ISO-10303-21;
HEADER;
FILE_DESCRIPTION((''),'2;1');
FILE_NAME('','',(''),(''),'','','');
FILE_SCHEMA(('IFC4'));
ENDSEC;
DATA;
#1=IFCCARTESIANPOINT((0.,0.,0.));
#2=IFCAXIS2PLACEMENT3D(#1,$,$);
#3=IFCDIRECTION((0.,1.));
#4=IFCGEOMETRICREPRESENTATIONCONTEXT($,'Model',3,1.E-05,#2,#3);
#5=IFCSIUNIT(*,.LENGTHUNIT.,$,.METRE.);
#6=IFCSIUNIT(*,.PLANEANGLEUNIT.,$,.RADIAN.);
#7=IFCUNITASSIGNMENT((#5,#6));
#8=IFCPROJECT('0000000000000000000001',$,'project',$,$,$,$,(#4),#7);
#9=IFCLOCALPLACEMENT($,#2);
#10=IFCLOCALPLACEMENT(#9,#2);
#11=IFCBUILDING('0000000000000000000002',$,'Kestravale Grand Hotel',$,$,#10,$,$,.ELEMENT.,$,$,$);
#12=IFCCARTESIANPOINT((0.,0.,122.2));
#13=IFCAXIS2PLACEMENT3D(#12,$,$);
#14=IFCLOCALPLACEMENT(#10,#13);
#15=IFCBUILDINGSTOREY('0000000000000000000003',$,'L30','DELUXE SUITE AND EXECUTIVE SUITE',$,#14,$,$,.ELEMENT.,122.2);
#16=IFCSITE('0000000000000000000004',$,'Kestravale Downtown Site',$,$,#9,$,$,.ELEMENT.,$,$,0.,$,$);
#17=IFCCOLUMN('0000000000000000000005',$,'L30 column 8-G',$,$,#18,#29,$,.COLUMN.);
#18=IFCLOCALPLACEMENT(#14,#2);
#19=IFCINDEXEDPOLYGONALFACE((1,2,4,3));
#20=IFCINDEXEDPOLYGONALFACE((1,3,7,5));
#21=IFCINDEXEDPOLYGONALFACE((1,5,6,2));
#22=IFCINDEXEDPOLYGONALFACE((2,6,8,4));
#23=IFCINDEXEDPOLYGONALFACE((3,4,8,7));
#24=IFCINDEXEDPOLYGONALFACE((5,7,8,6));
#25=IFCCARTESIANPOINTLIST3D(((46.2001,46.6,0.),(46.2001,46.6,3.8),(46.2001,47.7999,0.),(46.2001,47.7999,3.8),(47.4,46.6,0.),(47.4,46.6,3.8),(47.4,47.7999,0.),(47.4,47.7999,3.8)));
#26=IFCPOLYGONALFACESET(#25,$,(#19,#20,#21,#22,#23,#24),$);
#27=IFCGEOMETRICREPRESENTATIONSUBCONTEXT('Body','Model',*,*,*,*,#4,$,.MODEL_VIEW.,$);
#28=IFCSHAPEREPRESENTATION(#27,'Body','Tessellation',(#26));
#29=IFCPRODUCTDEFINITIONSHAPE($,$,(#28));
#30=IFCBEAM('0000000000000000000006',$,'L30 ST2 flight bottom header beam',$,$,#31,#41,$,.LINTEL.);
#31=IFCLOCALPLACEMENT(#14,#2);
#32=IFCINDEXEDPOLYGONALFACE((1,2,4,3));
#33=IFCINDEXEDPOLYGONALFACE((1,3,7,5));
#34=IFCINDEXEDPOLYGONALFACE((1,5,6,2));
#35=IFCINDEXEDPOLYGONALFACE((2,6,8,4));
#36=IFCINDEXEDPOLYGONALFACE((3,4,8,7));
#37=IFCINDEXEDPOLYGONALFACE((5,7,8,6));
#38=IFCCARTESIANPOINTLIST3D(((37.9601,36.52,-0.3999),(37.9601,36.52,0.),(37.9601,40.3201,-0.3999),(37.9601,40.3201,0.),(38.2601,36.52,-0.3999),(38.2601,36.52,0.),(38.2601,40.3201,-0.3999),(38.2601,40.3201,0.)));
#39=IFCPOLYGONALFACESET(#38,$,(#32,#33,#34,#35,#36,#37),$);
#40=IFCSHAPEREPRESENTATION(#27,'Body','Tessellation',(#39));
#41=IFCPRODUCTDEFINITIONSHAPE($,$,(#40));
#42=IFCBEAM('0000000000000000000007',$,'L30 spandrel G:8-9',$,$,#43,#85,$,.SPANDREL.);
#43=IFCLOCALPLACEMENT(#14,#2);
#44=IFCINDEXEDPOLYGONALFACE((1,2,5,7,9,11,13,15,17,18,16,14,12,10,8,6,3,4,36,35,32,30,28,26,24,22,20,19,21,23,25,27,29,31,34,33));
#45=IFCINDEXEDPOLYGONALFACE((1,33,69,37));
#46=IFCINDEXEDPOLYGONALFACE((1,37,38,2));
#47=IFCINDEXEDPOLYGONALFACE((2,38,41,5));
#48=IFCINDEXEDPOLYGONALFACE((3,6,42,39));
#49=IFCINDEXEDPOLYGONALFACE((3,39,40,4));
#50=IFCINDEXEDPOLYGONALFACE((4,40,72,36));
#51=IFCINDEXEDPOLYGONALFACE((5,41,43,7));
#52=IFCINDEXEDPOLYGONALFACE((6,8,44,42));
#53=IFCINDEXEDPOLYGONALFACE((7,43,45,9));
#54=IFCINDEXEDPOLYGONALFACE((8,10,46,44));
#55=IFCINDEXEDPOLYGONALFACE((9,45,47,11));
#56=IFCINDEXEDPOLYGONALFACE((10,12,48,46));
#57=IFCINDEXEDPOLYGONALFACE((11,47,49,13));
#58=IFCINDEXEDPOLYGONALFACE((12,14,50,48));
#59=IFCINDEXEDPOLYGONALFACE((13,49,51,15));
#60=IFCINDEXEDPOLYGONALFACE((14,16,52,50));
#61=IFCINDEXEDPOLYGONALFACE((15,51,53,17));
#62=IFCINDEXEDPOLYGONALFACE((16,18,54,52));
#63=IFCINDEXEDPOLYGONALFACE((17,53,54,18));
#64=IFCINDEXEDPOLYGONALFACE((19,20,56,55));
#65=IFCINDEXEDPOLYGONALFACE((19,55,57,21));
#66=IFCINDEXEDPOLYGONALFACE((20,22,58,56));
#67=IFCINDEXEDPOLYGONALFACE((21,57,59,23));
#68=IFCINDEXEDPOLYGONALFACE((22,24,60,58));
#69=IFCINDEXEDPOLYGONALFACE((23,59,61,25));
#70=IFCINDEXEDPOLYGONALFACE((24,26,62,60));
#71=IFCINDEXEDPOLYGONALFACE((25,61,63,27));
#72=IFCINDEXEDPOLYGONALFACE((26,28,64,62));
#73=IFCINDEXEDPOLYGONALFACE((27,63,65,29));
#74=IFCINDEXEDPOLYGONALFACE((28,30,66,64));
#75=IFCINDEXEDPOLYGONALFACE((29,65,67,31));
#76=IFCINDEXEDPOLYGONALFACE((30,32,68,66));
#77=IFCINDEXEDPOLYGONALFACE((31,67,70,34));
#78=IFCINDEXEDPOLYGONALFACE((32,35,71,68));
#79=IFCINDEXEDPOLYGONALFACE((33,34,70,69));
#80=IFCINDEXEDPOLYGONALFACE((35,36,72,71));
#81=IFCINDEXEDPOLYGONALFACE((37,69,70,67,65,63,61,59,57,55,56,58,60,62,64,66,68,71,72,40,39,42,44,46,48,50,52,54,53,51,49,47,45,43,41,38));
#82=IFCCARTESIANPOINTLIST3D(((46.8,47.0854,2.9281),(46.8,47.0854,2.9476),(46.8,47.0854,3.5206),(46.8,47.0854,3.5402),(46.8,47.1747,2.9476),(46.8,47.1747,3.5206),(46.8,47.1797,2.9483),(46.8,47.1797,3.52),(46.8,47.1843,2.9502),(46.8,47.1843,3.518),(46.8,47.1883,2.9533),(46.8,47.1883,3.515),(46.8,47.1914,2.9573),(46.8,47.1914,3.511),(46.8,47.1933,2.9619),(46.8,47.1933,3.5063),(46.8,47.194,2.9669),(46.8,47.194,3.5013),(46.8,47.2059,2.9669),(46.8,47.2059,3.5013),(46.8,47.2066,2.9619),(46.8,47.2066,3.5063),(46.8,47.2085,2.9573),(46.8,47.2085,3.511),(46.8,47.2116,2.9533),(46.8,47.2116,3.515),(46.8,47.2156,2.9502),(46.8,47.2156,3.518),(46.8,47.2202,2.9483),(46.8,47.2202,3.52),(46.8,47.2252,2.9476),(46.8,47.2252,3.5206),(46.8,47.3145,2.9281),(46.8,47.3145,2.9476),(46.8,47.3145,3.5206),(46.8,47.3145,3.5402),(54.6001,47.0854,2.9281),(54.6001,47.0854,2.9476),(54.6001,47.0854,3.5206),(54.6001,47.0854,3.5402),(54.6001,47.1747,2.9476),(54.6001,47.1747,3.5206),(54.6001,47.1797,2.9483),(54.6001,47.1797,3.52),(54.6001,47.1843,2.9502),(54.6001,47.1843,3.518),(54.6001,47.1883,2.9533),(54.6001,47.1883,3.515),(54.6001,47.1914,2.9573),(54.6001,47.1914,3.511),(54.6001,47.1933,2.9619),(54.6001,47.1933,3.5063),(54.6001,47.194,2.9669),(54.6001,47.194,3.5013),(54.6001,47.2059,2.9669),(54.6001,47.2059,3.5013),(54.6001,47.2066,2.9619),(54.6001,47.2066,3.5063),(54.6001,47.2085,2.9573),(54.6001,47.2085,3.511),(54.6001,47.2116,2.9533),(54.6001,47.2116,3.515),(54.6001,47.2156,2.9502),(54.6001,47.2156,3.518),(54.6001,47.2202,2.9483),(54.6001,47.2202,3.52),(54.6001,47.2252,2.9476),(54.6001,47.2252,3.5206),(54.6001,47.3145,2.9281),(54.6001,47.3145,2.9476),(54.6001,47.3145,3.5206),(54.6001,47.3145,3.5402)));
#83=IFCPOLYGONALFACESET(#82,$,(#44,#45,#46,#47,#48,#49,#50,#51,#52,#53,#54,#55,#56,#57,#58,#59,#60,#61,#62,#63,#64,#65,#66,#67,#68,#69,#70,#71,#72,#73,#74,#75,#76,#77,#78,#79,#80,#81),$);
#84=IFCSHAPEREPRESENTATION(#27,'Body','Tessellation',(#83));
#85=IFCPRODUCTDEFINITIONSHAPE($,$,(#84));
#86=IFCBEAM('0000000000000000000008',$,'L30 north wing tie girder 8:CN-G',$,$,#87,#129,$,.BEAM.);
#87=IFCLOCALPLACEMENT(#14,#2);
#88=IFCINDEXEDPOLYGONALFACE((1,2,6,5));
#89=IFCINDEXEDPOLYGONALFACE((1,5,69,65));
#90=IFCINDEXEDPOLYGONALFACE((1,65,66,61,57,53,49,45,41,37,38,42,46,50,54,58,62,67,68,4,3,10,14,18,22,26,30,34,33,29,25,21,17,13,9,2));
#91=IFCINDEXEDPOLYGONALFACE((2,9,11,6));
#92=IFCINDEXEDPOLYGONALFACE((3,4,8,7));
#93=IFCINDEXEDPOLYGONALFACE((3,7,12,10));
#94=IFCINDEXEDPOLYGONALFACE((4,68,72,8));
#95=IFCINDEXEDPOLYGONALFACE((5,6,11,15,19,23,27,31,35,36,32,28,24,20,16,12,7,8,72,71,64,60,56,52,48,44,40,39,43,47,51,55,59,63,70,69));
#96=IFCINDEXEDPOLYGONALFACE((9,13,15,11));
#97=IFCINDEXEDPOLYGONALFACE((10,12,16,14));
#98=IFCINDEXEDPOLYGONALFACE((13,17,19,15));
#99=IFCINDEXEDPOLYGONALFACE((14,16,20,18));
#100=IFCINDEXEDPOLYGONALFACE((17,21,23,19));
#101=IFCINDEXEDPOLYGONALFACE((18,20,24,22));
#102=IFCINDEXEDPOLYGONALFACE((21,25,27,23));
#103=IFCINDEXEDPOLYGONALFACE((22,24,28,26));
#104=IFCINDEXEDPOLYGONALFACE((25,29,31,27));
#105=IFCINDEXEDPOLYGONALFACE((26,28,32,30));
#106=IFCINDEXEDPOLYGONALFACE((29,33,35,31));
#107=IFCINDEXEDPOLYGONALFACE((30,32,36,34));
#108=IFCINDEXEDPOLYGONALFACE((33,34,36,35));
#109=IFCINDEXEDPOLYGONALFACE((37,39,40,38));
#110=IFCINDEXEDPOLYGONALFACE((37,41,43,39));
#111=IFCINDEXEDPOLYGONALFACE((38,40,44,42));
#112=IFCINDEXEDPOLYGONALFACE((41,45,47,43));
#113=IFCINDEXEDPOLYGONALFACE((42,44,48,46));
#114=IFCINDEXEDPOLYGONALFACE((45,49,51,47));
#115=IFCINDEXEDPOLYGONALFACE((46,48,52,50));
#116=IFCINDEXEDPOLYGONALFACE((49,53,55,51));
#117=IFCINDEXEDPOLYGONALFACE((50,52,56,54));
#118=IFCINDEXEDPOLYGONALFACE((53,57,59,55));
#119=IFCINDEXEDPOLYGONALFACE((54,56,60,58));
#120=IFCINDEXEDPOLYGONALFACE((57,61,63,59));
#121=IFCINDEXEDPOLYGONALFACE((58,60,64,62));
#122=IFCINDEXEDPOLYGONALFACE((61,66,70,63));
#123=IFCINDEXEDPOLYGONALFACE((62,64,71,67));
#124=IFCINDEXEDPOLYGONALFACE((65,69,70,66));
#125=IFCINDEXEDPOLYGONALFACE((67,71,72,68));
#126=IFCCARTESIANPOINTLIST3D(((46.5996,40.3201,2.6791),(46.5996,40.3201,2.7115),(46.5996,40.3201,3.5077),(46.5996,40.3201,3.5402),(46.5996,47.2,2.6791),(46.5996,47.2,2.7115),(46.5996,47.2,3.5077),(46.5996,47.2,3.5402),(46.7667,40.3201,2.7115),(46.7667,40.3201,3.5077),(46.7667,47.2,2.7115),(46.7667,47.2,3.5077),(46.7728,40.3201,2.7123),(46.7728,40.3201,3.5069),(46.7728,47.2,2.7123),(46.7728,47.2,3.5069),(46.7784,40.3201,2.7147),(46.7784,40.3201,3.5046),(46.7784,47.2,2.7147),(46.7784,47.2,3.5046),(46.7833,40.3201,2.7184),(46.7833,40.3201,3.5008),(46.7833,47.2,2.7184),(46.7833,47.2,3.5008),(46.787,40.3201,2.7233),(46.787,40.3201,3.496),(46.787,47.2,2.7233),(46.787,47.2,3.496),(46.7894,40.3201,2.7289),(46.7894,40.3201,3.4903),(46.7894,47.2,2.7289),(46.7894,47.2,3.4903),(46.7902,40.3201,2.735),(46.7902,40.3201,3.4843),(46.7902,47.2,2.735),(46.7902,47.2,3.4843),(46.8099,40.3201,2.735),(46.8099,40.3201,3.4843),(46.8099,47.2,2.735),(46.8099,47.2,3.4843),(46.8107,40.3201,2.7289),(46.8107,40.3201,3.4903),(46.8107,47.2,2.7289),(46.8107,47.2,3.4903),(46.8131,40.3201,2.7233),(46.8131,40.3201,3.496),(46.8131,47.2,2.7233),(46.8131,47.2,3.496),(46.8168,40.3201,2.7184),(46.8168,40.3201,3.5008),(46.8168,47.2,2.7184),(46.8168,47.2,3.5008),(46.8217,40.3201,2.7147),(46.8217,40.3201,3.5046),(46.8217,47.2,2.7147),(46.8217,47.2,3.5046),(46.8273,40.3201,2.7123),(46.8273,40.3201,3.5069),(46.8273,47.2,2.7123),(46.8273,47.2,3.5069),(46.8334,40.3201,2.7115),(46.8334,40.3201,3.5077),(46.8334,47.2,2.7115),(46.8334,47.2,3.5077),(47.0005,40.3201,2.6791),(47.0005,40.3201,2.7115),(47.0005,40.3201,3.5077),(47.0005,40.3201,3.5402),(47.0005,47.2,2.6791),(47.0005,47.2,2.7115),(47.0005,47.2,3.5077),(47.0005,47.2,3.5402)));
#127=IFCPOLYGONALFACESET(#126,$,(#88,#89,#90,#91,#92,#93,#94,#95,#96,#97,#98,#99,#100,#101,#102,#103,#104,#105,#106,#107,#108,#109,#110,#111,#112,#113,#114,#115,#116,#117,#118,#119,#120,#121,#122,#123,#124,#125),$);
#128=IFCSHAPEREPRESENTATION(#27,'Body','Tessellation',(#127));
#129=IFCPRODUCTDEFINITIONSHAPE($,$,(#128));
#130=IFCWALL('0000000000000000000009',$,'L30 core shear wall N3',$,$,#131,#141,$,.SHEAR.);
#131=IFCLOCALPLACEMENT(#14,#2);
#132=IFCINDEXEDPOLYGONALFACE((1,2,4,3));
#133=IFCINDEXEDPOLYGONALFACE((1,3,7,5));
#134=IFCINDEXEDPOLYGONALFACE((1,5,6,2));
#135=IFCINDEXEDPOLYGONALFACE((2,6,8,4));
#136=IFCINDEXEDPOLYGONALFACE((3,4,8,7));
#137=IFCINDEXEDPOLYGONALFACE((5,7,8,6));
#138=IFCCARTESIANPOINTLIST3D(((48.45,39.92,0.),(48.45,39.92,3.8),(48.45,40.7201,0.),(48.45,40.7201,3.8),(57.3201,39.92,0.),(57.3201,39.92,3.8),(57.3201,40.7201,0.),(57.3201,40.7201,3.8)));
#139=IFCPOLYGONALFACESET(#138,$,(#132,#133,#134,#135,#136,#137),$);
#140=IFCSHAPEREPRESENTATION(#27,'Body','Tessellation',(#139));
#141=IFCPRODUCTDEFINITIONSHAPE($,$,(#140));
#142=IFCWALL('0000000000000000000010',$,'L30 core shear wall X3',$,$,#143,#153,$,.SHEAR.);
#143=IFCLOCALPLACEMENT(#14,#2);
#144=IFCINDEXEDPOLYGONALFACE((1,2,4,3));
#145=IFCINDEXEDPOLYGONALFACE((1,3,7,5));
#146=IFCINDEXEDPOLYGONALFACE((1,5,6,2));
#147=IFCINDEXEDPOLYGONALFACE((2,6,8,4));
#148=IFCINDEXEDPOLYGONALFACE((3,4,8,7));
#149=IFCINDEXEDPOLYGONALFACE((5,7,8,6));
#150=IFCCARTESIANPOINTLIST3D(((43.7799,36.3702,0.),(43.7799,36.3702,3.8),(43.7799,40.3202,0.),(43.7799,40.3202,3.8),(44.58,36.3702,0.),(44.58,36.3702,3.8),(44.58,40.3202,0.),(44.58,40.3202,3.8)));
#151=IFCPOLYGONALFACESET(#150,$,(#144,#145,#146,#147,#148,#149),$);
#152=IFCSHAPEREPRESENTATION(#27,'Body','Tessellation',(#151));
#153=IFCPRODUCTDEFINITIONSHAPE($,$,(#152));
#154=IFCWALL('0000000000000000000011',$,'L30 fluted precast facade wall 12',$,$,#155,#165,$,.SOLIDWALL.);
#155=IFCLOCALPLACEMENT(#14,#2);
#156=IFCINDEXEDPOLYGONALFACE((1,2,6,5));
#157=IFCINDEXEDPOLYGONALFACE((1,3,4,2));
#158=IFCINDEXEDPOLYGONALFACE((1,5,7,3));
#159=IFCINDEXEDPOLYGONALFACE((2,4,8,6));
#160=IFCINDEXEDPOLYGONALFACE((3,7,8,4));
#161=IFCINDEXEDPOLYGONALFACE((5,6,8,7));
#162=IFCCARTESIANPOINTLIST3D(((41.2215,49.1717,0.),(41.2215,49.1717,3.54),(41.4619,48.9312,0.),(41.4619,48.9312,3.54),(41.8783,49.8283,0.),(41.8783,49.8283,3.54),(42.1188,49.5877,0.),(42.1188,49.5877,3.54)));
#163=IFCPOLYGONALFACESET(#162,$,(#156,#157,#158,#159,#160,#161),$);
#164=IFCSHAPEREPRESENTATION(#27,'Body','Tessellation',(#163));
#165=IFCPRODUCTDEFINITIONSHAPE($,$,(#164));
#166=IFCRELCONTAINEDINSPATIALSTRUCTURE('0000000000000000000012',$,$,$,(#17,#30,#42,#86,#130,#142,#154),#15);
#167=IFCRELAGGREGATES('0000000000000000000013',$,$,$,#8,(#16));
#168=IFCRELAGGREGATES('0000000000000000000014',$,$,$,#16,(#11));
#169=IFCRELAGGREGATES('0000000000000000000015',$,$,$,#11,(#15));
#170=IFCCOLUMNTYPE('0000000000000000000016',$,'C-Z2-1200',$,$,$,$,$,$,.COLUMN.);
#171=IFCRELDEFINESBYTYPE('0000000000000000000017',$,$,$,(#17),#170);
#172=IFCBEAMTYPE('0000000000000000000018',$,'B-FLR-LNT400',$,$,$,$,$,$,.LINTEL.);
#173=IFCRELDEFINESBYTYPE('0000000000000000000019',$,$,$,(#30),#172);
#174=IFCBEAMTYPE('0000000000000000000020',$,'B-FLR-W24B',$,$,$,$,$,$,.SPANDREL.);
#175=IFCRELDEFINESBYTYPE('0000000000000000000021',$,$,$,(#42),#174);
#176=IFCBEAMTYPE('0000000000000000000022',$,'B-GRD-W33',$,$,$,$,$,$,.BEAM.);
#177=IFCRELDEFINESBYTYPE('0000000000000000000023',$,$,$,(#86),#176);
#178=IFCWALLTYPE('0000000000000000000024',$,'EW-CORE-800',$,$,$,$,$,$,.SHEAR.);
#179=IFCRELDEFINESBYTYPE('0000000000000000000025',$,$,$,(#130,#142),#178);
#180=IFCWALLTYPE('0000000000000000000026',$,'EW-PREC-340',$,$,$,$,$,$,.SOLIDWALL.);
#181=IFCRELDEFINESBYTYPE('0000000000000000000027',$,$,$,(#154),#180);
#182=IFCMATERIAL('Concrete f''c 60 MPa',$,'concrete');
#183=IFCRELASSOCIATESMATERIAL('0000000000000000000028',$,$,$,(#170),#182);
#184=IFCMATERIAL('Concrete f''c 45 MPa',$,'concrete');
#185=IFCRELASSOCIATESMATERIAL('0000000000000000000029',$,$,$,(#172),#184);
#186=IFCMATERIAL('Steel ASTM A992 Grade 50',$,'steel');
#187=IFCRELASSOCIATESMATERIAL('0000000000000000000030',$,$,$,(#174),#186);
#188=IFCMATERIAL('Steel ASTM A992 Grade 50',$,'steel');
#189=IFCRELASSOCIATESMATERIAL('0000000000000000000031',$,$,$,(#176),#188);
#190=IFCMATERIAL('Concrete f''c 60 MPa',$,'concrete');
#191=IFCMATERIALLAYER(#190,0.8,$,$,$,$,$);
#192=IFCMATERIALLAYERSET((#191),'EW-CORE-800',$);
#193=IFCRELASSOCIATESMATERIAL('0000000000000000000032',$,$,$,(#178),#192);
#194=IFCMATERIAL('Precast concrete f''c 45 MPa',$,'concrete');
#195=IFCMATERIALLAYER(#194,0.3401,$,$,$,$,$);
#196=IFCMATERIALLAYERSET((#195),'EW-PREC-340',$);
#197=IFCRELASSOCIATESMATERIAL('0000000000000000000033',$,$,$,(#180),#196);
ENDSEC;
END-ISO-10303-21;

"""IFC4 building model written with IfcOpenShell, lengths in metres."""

from ifc_helpers import new_model, si_unit, direction, frame, frame_2d, origin, origin_2d, place, context, subcontext, project, spatial, rectangle, i_section, extrude, material, layer, layer_set, material_profile, profile_set, type_object, element, save


model = new_model("IFC4")

# Units and contexts
model_context = context("Model", 3, precision=1e-05, world=origin(), true_north=direction((0.0, 1.0)))
body_context = subcontext(model_context, "Body", "Model", "MODEL_VIEW")
ifc_project = project(units=[si_unit("LENGTHUNIT", "METRE"), si_unit("PLANEANGLEUNIT", "RADIAN")], contexts=[model_context])

# Site, building, storey
site_placement = place(None, origin())
site = spatial("IfcSite", under=ifc_project, at=site_placement, Name="Kestravale Downtown Site", CompositionType="ELEMENT", RefElevation=0.0)
building_placement = place(site_placement, origin())
building = spatial("IfcBuilding", under=site, at=building_placement, Name="Kestravale Grand Hotel", CompositionType="ELEMENT")
storey_placement = place(building_placement, frame((0.0, 0.0, 122.2)))
storey = spatial("IfcBuildingStorey", under=building, at=storey_placement, Name="L30", Description="DELUXE SUITE AND EXECUTIVE SUITE", CompositionType="ELEMENT", Elevation=122.2)

# Column
ifc_material_1 = material(Name="Concrete f'c 60 MPa", Category="concrete")
ifc_material_profile_1 = material_profile(ifc_material_1, rectangle(XDim=1.2, YDim=1.2, at=origin_2d()))
ifc_profile_set_1 = profile_set([ifc_material_profile_1], Name="Concrete f'c 60 MPa")
column_type = type_object("IfcColumnType", Name="C-Z2-1200", PredefinedType="COLUMN", material=ifc_profile_set_1)
column_placement = place(storey_placement, frame((46.8, 47.2, 0.0), z_axis=(0.0, 0.0, 1.0), x_axis=(1.0, 0.0, 0.0)))
element("IfcColumn", 1, at=column_placement, inside=storey, type_object=column_type, Name="L30 column 8-G", PredefinedType="COLUMN", context=body_context, shape_type="SweptSolid", body=[
    extrude(rectangle(XDim=1.2, YDim=1.2, at=origin_2d()), origin(), (0.0, 0.0, 1.0), 3.8),
])

# Beams
ifc_material_2 = material(Name="Concrete f'c 45 MPa", Category="concrete")
ifc_material_profile_2 = material_profile(ifc_material_2, rectangle(XDim=0.3, YDim=0.3999, at=origin_2d()))
ifc_profile_set_2 = profile_set([ifc_material_profile_2], Name="Concrete f'c 45 MPa")
beam_type_1 = type_object("IfcBeamType", Name="B-FLR-LNT400", PredefinedType="LINTEL", material=ifc_profile_set_2)
beam_1_placement = place(storey_placement, frame((38.1101, 36.52, -0.2), z_axis=(0.0, 1.0, 0.0), x_axis=(-1.0, 0.0, 0.0)))
element("IfcBeam", 2, at=beam_1_placement, inside=storey, type_object=beam_type_1, Name="L30 ST2 flight bottom header beam", PredefinedType="LINTEL", context=body_context, shape_type="SweptSolid", body=[
    extrude(rectangle(XDim=0.3, YDim=0.3999, at=origin_2d()), origin(), (0.0, 0.0, 1.0), 3.8),
])
ifc_material_3 = material(Name="Steel ASTM A992 Grade 50", Category="steel")
ifc_material_profile_3 = material_profile(ifc_material_3, i_section(OverallWidth=0.229, OverallDepth=0.6121, WebThickness=0.012, FlangeThickness=0.0195, FilletRadius=0.0193, at=origin_2d()))
ifc_profile_set_3 = profile_set([ifc_material_profile_3], Name="Steel ASTM A992 Grade 50")
beam_type_2 = type_object("IfcBeamType", Name="B-FLR-W24B", PredefinedType="SPANDREL", material=ifc_profile_set_3)
beam_2_placement = place(storey_placement, frame((46.8, 47.2, 3.2341), z_axis=(1.0, 0.0, 0.0), x_axis=(0.0, 1.0, 0.0)))
element("IfcBeam", 3, at=beam_2_placement, inside=storey, type_object=beam_type_2, Name="L30 spandrel G:8-9", PredefinedType="SPANDREL", context=body_context, shape_type="SweptSolid", body=[
    extrude(i_section(OverallWidth=0.229, OverallDepth=0.6121, WebThickness=0.012, FlangeThickness=0.0195, FilletRadius=0.0193, at=origin_2d()), origin(), (0.0, 0.0, 1.0), 7.8),
])
ifc_material_4 = material(Name="Steel ASTM A992 Grade 50", Category="steel")
ifc_material_profile_4 = material_profile(ifc_material_4, i_section(OverallWidth=0.4009, OverallDepth=0.8611, WebThickness=0.0198, FlangeThickness=0.0325, FilletRadius=0.0234, at=origin_2d()))
ifc_profile_set_4 = profile_set([ifc_material_profile_4], Name="Steel ASTM A992 Grade 50")
beam_type_3 = type_object("IfcBeamType", Name="B-GRD-W33", PredefinedType="BEAM", material=ifc_profile_set_4)
beam_3_placement = place(storey_placement, frame((46.8, 40.3201, 3.1096), z_axis=(0.0, 1.0, 0.0), x_axis=(-1.0, 0.0, 0.0)))
element("IfcBeam", 4, at=beam_3_placement, inside=storey, type_object=beam_type_3, Name="L30 north wing tie girder 8:CN-G", PredefinedType="BEAM", context=body_context, shape_type="SweptSolid", body=[
    extrude(i_section(OverallWidth=0.4009, OverallDepth=0.8611, WebThickness=0.0198, FlangeThickness=0.0325, FilletRadius=0.0234, at=origin_2d()), origin(), (0.0, 0.0, 1.0), 6.8799),
])

# Walls
ifc_material_5 = material(Name="Concrete f'c 60 MPa", Category="concrete")
ifc_layer_1 = layer(ifc_material_5, 0.8)
ifc_layer_set_1 = layer_set([ifc_layer_1], Name="EW-CORE-800")
wall_type_1 = type_object("IfcWallType", Name="EW-CORE-800", PredefinedType="SHEAR", material=ifc_layer_set_1)
wall_1_placement = place(storey_placement, frame((48.45, 40.3201, 0.0), z_axis=(0.0, 0.0, 1.0), x_axis=(1.0, 0.0, 0.0)))
element("IfcWall", 5, at=wall_1_placement, inside=storey, type_object=wall_type_1, Name="L30 core shear wall N3", PredefinedType="SHEAR", context=body_context, shape_type="SweptSolid", body=[
    extrude(rectangle(XDim=8.8701, YDim=0.8, at=frame_2d((4.4351, 0.0))), origin(), (0.0, 0.0, 1.0), 3.8),
])
wall_2_placement = place(storey_placement, frame((44.1799, 36.3701, 0.0), z_axis=(0.0, 0.0, 1.0), x_axis=(0.0, 1.0, 0.0)))
element("IfcWall", 6, at=wall_2_placement, inside=storey, type_object=wall_type_1, Name="L30 core shear wall X3", PredefinedType="SHEAR", context=body_context, shape_type="SweptSolid", body=[
    extrude(rectangle(XDim=3.95, YDim=0.8, at=frame_2d((1.9751, 0.0))), origin(), (0.0, 0.0, 1.0), 3.8),
])
ifc_material_6 = material(Name="Precast concrete f'c 45 MPa", Category="concrete")
ifc_layer_2 = layer(ifc_material_6, 0.3401)
ifc_layer_set_2 = layer_set([ifc_layer_2], Name="EW-PREC-340")
wall_type_2 = type_object("IfcWallType", Name="EW-PREC-340", PredefinedType="SOLIDWALL", material=ifc_layer_set_2)
wall_3_placement = place(storey_placement, frame((41.9985, 49.708, 0.0), z_axis=(0.0, 0.0, 1.0), x_axis=(-0.707238, -0.706975, 0.0)))
element("IfcWall", 7, at=wall_3_placement, inside=storey, type_object=wall_type_2, Name="L30 fluted precast facade wall 12", PredefinedType="SOLIDWALL", context=body_context, shape_type="SweptSolid", body=[
    extrude(rectangle(XDim=0.9287, YDim=0.3401, at=frame_2d((0.4644, 0.0))), origin(), (0.0, 0.0, 1.0), 3.54),
])

save(model, "model.ifc")
